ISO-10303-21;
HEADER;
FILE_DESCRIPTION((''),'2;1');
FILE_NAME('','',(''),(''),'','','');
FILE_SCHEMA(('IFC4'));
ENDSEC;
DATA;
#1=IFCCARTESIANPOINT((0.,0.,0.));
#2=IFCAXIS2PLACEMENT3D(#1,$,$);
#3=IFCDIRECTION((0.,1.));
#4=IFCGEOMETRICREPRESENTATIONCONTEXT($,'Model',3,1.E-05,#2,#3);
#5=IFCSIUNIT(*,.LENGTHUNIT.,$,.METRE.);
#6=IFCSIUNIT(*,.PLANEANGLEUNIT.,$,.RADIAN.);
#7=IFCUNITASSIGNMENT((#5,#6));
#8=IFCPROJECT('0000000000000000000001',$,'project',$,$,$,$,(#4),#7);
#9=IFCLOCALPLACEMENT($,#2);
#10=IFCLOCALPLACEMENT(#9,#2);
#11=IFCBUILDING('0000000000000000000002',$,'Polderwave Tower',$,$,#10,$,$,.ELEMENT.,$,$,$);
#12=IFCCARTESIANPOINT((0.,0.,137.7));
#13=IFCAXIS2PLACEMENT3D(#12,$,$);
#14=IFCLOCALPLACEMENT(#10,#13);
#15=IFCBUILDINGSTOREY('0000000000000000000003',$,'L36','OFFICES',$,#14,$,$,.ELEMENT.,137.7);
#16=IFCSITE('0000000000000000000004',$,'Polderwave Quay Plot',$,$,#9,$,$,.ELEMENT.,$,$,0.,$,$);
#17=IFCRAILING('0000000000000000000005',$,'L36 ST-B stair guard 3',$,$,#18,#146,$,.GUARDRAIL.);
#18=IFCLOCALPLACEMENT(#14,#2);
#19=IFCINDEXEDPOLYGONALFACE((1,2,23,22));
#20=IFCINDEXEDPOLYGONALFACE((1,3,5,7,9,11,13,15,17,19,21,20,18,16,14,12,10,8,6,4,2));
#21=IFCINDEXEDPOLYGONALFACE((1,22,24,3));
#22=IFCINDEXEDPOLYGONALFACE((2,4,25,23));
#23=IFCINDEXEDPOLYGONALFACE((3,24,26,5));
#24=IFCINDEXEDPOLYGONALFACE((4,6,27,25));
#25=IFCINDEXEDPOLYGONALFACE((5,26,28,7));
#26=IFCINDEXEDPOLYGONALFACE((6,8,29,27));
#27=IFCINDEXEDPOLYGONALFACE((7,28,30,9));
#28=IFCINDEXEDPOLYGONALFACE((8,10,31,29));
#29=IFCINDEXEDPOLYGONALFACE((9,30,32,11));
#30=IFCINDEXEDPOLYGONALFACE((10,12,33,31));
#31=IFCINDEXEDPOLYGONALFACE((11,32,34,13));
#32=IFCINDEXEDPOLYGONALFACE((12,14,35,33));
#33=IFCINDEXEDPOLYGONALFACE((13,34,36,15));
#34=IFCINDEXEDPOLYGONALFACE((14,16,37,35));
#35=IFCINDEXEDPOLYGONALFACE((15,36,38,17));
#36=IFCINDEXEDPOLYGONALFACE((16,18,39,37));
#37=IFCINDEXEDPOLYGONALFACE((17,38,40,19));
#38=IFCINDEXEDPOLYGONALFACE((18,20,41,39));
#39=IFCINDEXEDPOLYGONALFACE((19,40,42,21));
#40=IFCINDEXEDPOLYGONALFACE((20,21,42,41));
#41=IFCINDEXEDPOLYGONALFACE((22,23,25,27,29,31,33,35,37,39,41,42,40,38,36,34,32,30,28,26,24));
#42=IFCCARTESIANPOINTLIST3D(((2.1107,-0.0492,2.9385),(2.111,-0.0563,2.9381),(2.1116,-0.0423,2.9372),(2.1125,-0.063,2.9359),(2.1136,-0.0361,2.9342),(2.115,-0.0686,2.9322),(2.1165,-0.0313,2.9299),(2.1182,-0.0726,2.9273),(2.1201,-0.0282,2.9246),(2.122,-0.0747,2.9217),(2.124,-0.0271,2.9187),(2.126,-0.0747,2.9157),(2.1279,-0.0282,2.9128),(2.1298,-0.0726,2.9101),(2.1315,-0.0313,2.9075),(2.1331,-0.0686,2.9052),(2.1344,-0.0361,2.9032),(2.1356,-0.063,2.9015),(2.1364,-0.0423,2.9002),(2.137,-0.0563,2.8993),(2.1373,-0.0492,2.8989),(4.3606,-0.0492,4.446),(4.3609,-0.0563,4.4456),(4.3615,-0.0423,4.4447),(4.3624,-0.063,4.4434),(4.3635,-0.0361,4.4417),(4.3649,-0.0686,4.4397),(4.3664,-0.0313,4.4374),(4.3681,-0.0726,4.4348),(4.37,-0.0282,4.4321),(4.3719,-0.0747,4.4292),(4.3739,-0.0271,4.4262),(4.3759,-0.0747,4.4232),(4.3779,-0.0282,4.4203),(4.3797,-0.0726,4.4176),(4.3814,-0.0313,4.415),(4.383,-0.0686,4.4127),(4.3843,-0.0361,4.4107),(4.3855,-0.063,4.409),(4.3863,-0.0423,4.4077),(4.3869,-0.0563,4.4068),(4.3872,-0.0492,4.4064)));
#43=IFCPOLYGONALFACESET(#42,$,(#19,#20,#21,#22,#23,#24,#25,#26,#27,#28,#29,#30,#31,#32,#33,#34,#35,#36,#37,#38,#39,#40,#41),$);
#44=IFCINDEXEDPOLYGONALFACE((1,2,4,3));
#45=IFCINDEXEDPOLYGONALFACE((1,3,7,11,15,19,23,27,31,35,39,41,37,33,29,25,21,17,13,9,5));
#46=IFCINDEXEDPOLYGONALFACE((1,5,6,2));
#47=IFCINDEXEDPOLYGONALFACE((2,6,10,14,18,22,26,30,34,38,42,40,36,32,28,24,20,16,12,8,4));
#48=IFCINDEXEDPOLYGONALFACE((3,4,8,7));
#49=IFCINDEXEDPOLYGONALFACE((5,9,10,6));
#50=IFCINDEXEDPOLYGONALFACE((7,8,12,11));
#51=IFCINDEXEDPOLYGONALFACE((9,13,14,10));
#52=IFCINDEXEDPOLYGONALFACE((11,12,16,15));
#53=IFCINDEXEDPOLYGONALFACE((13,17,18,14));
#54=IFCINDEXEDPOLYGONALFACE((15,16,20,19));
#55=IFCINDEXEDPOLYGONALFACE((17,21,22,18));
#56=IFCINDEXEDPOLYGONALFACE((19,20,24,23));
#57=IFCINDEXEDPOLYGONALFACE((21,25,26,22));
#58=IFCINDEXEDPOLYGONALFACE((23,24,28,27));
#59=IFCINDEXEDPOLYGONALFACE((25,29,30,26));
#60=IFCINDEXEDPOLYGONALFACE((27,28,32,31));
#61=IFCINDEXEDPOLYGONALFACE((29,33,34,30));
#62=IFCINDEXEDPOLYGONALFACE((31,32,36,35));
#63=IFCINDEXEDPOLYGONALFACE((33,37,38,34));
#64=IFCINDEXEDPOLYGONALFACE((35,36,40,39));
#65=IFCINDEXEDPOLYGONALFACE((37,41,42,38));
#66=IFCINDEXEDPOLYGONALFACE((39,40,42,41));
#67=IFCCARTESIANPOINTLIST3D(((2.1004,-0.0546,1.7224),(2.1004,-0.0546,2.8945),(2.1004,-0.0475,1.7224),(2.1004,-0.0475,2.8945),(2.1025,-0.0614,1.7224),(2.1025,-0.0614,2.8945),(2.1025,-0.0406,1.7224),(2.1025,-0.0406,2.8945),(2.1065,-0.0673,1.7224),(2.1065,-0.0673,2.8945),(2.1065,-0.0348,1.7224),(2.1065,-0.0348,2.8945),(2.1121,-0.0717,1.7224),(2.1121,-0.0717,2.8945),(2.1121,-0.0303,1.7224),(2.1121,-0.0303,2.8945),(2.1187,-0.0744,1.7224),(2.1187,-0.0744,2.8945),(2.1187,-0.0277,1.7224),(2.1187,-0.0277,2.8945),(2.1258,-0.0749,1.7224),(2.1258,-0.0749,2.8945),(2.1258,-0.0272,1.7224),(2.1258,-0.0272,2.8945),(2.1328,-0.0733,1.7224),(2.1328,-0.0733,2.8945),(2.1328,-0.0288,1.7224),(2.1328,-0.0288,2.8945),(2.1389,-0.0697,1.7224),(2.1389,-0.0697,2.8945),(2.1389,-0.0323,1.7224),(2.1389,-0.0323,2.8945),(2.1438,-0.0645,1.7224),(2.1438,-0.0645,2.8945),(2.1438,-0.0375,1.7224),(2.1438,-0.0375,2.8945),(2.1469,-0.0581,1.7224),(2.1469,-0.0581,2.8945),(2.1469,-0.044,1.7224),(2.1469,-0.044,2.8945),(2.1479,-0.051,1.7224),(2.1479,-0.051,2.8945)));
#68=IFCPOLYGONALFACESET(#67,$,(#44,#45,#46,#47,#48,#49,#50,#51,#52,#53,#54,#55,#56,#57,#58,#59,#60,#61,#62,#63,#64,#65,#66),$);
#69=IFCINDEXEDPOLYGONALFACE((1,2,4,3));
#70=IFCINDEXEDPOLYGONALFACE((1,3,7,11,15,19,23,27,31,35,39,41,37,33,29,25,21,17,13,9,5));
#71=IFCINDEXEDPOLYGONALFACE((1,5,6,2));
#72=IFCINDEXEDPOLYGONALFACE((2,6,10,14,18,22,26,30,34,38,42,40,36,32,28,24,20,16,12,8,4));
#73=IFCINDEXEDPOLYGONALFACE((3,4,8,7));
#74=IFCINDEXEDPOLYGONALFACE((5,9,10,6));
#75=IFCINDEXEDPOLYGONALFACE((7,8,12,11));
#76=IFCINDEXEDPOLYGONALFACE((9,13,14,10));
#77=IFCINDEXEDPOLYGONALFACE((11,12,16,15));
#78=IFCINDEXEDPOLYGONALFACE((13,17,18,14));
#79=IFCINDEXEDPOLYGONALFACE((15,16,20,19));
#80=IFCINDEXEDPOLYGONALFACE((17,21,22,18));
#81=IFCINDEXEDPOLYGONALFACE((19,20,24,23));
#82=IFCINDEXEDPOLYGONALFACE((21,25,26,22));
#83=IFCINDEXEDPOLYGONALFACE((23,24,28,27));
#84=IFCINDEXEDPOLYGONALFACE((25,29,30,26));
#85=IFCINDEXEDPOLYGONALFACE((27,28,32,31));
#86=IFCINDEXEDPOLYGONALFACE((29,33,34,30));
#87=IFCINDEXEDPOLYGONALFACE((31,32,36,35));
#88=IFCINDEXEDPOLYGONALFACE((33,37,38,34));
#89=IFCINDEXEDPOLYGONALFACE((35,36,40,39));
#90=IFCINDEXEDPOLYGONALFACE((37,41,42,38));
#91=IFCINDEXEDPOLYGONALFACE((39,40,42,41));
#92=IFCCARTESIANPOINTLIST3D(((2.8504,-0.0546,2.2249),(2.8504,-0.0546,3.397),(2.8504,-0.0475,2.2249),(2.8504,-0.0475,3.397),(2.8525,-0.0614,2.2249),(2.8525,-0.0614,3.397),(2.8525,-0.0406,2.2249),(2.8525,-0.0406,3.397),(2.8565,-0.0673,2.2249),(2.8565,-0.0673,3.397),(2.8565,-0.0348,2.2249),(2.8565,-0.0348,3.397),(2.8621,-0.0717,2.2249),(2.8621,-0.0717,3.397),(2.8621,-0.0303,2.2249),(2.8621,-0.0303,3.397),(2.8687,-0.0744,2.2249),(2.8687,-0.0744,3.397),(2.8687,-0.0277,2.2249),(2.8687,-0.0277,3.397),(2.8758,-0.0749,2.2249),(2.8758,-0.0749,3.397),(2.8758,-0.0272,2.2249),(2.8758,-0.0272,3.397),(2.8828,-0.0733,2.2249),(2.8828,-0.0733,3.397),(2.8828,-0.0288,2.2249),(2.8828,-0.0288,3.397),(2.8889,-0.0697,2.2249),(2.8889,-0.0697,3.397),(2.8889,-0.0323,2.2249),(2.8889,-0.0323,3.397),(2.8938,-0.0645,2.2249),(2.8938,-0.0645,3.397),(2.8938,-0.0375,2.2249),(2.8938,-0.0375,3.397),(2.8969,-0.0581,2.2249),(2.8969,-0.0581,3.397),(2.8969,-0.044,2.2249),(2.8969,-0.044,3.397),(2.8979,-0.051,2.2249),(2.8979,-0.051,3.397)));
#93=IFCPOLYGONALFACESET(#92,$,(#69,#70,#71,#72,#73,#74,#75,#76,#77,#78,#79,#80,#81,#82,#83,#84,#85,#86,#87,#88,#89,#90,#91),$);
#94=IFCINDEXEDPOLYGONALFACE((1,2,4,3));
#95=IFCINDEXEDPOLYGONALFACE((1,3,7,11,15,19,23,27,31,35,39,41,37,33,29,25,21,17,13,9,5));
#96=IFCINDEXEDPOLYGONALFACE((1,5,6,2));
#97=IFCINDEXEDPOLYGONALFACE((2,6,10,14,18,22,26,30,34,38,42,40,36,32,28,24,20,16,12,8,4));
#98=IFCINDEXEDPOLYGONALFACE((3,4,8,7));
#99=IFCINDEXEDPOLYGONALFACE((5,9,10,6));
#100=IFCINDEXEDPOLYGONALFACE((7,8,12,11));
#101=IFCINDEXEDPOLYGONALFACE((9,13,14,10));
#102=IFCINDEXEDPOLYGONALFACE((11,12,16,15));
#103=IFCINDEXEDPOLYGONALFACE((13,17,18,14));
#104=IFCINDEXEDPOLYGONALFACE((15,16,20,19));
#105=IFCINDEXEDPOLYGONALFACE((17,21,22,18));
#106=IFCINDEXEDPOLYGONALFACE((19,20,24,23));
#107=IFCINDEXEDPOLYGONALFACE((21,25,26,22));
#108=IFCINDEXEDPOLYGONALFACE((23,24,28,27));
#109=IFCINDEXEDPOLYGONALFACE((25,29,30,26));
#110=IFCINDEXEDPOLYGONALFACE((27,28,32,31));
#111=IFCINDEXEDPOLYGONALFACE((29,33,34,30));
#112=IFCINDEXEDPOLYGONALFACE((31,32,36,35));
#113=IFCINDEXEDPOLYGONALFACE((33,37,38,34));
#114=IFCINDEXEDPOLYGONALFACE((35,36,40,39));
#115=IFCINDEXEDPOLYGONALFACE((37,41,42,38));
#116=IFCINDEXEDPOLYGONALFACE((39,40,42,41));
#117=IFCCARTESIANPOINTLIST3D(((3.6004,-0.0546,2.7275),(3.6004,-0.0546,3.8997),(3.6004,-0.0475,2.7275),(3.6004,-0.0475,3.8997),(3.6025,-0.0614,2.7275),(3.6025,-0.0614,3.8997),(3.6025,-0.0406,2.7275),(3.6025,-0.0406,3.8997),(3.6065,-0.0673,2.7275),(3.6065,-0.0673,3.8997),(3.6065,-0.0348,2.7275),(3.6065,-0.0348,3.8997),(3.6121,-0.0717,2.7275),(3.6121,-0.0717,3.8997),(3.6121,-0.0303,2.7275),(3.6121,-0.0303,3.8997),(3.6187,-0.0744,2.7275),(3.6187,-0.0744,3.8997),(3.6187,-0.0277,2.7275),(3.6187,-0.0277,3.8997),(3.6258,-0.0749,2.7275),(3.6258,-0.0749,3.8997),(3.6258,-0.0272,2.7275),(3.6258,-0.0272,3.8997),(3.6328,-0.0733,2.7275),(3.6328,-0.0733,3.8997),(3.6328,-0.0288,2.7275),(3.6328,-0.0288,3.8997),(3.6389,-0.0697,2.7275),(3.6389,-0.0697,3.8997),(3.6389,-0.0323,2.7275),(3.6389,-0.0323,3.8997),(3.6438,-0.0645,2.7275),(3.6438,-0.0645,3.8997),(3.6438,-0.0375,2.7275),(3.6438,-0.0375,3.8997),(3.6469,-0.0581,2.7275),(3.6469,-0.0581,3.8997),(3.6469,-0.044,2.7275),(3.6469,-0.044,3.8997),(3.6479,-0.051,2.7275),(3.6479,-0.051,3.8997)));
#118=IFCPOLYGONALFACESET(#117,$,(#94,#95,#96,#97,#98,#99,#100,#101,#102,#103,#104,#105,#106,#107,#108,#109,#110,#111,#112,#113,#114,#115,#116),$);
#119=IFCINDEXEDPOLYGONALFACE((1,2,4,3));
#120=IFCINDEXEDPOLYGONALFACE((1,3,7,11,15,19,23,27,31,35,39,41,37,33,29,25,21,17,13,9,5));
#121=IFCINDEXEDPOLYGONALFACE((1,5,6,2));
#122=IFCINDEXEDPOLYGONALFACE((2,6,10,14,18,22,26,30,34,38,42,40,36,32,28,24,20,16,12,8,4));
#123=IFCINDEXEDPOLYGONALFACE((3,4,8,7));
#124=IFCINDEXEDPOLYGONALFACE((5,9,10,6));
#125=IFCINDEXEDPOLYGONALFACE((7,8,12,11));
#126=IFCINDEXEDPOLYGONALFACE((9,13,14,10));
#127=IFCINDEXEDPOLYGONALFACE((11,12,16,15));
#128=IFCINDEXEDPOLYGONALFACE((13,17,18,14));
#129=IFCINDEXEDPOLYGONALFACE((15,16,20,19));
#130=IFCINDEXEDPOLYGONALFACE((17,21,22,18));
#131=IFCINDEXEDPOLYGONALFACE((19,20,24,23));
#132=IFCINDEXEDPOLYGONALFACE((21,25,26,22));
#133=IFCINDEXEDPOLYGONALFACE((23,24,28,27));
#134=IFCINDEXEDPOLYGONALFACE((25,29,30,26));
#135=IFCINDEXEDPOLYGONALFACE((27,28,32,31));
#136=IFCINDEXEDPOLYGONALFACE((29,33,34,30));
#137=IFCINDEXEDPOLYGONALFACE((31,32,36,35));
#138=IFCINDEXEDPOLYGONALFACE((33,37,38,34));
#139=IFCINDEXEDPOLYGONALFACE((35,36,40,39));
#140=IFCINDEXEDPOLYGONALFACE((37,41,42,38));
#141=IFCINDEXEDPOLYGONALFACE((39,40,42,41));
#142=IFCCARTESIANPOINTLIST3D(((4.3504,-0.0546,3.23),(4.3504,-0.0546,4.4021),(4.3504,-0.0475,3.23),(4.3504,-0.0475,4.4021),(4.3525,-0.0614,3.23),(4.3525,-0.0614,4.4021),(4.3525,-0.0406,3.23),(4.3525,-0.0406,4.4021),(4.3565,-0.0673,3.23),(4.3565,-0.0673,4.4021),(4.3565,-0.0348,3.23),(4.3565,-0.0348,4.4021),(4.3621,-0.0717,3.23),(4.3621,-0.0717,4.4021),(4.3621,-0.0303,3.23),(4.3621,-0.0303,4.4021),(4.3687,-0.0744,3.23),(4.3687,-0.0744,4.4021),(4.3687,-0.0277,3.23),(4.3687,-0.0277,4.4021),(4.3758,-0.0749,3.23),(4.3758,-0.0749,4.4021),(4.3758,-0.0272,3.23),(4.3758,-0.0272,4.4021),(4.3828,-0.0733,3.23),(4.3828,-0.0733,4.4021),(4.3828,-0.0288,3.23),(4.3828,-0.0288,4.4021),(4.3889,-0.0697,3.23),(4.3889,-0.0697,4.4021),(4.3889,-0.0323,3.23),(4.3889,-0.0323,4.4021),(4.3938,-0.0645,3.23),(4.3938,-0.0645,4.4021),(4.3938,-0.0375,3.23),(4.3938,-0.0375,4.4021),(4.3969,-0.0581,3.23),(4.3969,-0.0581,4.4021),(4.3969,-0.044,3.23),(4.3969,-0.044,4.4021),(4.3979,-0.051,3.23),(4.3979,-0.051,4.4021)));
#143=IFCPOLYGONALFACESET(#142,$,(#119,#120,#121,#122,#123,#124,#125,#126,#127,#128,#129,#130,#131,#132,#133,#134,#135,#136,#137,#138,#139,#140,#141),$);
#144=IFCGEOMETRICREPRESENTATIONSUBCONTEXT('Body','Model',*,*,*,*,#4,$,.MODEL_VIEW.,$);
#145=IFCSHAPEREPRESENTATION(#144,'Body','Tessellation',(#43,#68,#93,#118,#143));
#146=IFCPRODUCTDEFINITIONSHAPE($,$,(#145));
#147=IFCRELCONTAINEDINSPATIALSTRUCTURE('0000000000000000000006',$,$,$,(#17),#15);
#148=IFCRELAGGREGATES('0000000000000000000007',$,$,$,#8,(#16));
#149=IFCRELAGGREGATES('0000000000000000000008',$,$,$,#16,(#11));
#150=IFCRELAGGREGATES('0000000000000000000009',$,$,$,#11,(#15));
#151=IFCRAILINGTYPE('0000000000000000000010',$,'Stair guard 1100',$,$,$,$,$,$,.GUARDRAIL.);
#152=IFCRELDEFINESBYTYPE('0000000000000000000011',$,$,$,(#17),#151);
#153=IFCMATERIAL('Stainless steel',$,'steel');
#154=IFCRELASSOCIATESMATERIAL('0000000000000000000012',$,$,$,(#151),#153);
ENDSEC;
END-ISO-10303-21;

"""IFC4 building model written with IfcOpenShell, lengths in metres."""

from ifc_helpers import new_model, si_unit, direction, frame, origin, origin_2d, place, context, subcontext, project, spatial, circle, extrude, material, type_object, element, save


model = new_model("IFC4")

# Units and contexts
model_context = context("Model", 3, precision=1e-05, world=origin(), true_north=direction((0.0, 1.0)))
body_context = subcontext(model_context, "Body", "Model", "MODEL_VIEW")
ifc_project = project(units=[si_unit("LENGTHUNIT", "METRE"), si_unit("PLANEANGLEUNIT", "RADIAN")], contexts=[model_context])

# Site, building, storey
site_placement = place(None, origin())
site = spatial("IfcSite", under=ifc_project, at=site_placement, Name="Polderwave Quay Plot", CompositionType="ELEMENT", RefElevation=0.0)
building_placement = place(site_placement, origin())
building = spatial("IfcBuilding", under=site, at=building_placement, Name="Polderwave Tower", CompositionType="ELEMENT")
storey_placement = place(building_placement, frame((0.0, 0.0, 137.7)))
storey = spatial("IfcBuildingStorey", under=building, at=storey_placement, Name="L36", Description="OFFICES", CompositionType="ELEMENT", Elevation=137.7)

# Railing
ifc_material_1 = material(Name="Stainless steel", Category="steel")
railing_type_1 = type_object("IfcRailingType", Name="Stair guard 1100", PredefinedType="GUARDRAIL", material=ifc_material_1)
railing_1_placement = place(storey_placement, frame((2.124, -0.051, 1.7224)))
element("IfcRailing", 1, at=railing_1_placement, inside=storey, type_object=railing_type_1, Name="L36 ST-B stair guard 3", PredefinedType="GUARDRAIL", context=body_context, shape_type="SweptSolid", body=[
    extrude(circle(Radius=0.0239, at=origin_2d()), frame((0.0, 0.0, 1.1963), z_axis=(0.830758, 0.0, 0.556633), x_axis=(0.0, 1.0, 0.0)), (0.0, 0.0, 1.0), 2.7083),
    extrude(circle(Radius=0.0239, at=origin_2d()), origin(), (0.0, 0.0, 1.0), 1.1721),
    extrude(circle(Radius=0.0239, at=origin_2d()), frame((0.75, 0.0, 0.5024)), (0.0, 0.0, 1.0), 1.1721),
    extrude(circle(Radius=0.0239, at=origin_2d()), frame((1.5, 0.0, 1.0051)), (0.0, 0.0, 1.0), 1.1721),
    extrude(circle(Radius=0.0239, at=origin_2d()), frame((2.25, 0.0, 1.5076)), (0.0, 0.0, 1.0), 1.1721),
])

save(model, "model.ifc")
